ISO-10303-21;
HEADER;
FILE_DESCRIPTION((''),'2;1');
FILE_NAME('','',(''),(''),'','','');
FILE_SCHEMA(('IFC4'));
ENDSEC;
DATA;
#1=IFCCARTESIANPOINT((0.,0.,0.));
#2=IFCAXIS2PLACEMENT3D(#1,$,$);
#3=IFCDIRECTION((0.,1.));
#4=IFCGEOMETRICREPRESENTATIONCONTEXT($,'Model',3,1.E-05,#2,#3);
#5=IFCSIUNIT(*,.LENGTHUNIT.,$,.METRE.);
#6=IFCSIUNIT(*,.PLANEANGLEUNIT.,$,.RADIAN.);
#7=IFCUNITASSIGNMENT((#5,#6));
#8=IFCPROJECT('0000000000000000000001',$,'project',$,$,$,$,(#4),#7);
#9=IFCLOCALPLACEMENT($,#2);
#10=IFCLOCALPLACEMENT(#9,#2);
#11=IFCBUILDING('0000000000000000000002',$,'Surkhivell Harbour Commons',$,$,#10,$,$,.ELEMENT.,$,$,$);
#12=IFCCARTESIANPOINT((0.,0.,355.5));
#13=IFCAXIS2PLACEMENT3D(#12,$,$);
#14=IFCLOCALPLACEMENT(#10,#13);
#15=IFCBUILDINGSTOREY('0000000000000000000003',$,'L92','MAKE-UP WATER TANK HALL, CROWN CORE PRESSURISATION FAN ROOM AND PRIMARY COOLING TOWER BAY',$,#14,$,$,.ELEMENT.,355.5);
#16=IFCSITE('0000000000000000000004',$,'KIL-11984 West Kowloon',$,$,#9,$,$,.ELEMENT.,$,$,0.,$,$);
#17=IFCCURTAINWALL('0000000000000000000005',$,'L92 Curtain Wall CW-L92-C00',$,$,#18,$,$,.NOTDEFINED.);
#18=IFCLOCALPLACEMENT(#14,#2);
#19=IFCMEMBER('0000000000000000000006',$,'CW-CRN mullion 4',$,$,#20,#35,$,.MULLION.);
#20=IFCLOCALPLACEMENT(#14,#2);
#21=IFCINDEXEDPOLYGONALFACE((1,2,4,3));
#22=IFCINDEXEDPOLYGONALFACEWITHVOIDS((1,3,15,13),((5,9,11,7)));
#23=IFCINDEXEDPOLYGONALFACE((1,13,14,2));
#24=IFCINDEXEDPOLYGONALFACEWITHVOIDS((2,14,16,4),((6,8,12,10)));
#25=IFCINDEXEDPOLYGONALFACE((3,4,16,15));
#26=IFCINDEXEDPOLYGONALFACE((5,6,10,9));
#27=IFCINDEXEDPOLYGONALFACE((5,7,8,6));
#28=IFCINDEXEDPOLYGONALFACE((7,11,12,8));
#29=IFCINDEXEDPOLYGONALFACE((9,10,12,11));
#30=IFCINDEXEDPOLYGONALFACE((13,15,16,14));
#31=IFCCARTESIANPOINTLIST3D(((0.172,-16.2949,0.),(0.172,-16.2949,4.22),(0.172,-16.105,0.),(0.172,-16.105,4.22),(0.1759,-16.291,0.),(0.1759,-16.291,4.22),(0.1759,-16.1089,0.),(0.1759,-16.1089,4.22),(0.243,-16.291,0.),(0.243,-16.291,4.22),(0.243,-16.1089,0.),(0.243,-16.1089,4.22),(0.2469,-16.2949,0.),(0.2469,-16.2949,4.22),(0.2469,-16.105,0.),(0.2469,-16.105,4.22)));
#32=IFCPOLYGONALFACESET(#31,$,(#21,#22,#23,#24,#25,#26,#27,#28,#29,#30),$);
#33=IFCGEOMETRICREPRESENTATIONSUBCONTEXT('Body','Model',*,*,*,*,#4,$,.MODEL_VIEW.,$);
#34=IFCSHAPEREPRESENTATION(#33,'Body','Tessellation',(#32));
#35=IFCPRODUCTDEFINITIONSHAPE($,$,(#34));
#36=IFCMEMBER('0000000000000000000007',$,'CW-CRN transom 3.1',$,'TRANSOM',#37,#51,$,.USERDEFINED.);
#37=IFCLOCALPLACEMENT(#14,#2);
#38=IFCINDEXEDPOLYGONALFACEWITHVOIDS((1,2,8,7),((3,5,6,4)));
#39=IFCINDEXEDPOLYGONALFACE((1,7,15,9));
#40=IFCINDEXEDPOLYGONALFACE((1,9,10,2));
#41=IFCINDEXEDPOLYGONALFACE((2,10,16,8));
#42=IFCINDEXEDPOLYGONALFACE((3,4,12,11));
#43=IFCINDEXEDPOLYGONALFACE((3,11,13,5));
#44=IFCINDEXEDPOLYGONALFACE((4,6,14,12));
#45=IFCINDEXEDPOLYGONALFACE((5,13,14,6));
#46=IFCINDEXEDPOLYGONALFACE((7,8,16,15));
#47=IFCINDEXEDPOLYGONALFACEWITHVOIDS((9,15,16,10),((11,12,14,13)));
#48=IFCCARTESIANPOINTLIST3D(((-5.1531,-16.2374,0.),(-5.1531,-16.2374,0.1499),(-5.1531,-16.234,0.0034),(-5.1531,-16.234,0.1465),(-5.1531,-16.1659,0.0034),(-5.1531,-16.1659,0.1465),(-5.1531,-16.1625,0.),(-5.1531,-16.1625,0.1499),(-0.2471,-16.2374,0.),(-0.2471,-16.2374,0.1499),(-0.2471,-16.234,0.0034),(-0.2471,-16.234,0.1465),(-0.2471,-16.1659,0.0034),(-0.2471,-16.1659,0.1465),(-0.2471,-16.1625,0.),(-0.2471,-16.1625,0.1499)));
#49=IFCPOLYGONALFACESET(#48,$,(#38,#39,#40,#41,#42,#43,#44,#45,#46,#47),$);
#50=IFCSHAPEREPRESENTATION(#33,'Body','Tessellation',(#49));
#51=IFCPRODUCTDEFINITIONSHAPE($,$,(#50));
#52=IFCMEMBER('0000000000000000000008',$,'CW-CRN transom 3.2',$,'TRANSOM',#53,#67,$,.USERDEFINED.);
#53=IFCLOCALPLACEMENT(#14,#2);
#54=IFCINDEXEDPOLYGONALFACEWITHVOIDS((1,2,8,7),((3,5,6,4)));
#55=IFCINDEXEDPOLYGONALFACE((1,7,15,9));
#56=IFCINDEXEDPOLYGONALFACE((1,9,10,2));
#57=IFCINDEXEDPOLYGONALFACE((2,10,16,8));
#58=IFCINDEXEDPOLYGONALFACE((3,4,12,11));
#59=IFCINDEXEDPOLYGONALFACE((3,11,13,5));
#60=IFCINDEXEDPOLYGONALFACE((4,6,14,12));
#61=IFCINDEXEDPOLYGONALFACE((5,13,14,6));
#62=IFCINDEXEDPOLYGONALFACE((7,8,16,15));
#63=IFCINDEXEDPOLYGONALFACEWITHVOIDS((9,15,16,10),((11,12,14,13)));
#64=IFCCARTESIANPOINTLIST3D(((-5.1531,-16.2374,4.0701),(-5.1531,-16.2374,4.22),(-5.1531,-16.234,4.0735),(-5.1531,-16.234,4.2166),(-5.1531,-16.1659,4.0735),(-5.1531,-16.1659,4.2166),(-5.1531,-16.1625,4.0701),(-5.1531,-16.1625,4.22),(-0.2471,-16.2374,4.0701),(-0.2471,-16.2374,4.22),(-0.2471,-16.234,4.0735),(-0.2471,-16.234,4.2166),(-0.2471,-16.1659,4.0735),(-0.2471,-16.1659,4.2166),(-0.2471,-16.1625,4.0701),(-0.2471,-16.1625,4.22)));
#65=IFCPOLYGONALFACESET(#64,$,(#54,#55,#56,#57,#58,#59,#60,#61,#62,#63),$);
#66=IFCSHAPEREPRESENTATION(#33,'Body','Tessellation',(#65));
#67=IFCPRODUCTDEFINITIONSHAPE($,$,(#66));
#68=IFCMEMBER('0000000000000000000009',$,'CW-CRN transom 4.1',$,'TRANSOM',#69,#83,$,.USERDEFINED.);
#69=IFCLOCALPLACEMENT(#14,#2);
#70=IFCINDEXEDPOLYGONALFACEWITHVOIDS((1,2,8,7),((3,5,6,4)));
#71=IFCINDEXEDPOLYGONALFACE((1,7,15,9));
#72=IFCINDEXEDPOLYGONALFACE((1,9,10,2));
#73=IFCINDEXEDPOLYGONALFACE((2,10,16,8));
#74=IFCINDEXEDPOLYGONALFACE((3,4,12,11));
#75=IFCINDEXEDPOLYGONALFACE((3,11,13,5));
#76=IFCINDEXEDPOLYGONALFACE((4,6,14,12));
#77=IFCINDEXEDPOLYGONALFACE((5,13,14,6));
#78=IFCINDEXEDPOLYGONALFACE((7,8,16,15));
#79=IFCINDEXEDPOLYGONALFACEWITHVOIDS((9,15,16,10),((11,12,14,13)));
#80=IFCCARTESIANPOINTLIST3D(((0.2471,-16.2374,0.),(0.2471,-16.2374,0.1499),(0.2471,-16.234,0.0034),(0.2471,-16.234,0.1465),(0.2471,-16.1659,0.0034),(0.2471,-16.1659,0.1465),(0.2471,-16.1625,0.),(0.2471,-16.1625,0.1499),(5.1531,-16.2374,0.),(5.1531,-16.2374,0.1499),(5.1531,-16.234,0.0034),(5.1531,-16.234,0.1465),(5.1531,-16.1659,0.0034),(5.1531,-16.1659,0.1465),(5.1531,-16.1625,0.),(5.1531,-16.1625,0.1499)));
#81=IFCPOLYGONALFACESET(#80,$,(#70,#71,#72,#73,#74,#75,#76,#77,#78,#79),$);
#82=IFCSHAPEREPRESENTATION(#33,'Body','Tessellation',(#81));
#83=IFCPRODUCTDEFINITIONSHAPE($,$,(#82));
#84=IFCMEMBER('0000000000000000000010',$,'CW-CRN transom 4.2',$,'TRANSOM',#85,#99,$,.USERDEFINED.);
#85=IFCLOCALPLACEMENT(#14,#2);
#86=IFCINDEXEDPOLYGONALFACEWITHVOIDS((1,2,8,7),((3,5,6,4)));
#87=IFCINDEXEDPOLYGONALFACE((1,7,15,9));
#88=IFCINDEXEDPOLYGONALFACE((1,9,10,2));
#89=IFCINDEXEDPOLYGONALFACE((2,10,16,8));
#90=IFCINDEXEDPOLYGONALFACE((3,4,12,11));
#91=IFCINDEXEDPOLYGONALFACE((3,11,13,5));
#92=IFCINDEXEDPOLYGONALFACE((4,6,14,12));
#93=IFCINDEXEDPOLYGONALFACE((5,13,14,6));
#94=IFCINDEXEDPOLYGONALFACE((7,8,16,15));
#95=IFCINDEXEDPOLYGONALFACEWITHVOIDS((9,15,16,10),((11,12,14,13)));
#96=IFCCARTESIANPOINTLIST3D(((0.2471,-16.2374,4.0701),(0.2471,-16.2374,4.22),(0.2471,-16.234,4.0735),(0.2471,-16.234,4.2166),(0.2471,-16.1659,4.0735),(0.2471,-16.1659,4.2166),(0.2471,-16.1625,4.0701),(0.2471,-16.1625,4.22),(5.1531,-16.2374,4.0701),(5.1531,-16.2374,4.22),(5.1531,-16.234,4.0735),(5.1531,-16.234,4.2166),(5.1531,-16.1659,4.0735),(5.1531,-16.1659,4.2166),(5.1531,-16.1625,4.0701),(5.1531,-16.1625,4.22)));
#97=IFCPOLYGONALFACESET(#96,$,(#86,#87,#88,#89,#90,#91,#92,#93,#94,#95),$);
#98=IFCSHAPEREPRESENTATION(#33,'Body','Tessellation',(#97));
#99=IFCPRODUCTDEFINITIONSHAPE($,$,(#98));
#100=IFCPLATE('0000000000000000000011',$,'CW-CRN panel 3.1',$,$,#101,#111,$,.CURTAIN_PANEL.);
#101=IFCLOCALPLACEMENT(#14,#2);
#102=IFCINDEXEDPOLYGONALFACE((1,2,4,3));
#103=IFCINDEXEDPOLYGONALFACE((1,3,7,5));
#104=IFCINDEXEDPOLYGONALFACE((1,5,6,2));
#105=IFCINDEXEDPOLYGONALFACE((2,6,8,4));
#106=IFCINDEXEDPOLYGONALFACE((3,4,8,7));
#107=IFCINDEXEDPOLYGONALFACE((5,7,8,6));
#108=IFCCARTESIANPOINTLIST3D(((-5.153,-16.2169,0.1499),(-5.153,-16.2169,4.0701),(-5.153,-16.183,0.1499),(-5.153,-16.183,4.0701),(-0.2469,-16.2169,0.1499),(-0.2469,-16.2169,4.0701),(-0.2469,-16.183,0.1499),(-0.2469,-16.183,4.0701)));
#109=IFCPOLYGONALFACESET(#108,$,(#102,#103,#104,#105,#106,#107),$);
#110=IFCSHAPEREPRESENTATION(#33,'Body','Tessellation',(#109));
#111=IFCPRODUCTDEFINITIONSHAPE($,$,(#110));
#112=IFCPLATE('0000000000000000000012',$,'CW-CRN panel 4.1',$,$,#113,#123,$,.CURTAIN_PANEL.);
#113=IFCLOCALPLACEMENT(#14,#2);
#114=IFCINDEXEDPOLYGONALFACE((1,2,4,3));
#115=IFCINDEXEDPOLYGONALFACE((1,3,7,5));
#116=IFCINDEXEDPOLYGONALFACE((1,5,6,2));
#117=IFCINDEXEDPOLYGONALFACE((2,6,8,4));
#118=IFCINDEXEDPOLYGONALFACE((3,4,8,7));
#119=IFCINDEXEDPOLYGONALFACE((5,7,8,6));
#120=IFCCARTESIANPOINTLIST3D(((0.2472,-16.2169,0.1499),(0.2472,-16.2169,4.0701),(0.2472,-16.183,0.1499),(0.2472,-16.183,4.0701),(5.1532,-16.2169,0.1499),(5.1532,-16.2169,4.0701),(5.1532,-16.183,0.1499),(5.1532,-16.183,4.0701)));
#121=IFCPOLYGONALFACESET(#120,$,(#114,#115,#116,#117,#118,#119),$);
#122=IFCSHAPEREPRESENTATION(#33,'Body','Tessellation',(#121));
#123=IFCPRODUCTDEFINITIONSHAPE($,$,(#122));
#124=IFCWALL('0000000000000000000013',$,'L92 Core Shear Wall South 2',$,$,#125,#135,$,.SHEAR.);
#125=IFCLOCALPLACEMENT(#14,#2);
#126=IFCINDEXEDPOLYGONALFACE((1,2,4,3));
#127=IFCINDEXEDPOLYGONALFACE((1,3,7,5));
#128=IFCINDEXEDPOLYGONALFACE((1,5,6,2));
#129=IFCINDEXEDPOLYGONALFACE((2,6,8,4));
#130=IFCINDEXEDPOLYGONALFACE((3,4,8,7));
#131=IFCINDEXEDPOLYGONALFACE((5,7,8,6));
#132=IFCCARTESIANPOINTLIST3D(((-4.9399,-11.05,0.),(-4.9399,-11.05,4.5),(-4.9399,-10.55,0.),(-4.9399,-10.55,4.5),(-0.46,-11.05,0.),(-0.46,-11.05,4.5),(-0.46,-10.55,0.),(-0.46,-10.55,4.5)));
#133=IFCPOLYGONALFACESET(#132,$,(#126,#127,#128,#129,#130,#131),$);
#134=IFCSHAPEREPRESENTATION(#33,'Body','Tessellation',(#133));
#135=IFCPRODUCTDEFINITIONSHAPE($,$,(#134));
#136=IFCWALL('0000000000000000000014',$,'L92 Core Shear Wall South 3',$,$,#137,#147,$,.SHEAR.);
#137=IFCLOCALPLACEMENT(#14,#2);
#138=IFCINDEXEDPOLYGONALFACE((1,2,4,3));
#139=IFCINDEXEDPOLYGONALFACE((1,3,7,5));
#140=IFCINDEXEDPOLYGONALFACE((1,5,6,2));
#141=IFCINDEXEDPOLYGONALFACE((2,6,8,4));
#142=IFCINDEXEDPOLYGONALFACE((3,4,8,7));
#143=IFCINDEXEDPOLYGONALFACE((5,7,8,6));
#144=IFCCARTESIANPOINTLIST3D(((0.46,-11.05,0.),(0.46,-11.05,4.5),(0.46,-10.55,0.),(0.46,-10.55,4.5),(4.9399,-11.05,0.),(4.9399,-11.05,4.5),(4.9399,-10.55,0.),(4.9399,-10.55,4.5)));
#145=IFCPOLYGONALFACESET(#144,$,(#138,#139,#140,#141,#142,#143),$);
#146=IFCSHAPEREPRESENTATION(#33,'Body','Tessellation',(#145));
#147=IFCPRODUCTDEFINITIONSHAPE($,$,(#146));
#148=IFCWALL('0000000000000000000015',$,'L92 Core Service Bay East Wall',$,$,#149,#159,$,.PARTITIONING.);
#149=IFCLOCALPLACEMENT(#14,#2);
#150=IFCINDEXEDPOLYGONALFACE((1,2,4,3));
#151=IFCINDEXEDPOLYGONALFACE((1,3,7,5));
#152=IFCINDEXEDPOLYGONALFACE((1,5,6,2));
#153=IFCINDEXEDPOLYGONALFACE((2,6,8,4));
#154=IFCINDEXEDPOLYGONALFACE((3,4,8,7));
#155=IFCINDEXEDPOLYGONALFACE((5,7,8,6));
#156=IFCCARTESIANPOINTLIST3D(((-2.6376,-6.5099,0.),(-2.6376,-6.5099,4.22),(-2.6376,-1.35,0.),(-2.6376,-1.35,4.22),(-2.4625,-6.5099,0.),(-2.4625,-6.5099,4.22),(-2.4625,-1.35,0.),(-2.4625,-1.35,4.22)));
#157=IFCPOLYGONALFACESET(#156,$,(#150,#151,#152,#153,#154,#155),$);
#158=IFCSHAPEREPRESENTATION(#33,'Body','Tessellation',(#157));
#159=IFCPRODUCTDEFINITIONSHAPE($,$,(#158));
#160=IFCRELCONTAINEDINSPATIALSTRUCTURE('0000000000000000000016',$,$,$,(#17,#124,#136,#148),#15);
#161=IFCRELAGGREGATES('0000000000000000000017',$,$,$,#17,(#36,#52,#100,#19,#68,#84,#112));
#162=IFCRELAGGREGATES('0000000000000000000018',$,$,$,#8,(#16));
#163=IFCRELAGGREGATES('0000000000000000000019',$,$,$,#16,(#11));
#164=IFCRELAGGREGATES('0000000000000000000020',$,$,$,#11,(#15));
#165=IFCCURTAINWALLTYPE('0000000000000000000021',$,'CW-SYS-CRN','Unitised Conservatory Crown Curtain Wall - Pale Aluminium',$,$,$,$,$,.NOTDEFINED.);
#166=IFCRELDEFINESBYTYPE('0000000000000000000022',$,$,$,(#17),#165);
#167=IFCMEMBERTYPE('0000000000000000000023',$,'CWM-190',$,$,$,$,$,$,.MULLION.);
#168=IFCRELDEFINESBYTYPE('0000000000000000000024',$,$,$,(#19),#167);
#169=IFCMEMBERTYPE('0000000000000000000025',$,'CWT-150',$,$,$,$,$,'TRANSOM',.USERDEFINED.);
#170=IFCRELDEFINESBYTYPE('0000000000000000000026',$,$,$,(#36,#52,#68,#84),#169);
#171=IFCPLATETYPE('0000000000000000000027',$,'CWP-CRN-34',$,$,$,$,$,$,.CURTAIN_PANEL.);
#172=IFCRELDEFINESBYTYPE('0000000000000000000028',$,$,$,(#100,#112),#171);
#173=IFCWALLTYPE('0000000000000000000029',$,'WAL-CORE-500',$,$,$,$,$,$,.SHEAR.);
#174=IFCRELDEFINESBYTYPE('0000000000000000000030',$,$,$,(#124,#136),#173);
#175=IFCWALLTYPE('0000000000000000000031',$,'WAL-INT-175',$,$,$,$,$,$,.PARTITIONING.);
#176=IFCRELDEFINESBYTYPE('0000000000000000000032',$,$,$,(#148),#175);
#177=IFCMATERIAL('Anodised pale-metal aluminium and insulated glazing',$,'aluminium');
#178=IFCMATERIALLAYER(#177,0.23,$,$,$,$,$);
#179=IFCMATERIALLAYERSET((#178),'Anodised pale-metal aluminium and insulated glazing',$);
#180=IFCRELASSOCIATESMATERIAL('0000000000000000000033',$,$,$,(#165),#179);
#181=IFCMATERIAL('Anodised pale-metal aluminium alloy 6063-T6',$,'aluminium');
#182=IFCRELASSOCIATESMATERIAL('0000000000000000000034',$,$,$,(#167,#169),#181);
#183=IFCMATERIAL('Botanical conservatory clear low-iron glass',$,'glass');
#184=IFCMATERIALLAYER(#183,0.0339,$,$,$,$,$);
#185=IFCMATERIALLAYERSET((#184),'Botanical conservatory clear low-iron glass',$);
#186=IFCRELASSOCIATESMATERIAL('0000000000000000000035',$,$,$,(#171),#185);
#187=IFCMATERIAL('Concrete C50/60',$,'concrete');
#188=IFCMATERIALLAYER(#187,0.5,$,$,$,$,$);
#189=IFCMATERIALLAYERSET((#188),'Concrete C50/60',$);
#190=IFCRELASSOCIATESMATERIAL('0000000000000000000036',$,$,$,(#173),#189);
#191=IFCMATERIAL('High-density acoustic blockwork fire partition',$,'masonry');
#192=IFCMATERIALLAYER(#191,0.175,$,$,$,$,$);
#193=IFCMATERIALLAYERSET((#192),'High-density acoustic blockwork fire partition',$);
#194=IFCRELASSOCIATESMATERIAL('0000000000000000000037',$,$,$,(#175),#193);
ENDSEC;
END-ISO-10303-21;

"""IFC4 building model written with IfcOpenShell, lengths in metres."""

from ifc_helpers import new_model, si_unit, direction, frame, frame_2d, origin, origin_2d, place, context, subcontext, project, spatial, rectangle, hollow_rectangle, extrude, material, layer, layer_set, material_profile, profile_set, type_object, element, aggregate, save


model = new_model("IFC4")

# Units and contexts
model_context = context("Model", 3, precision=1e-05, world=origin(), true_north=direction((0.0, 1.0)))
body_context = subcontext(model_context, "Body", "Model", "MODEL_VIEW")
ifc_project = project(units=[si_unit("LENGTHUNIT", "METRE"), si_unit("PLANEANGLEUNIT", "RADIAN")], contexts=[model_context])

# Site, building, storey
site_placement = place(None, origin())
site = spatial("IfcSite", under=ifc_project, at=site_placement, Name="KIL-11984 West Kowloon", CompositionType="ELEMENT", RefElevation=0.0)
building_placement = place(site_placement, origin())
building = spatial("IfcBuilding", under=site, at=building_placement, Name="Surkhivell Harbour Commons", CompositionType="ELEMENT")
storey_placement = place(building_placement, frame((0.0, 0.0, 355.5)))
storey = spatial("IfcBuildingStorey", under=building, at=storey_placement, Name="L92", Description="MAKE-UP WATER TANK HALL, CROWN CORE PRESSURISATION FAN ROOM AND PRIMARY COOLING TOWER BAY", CompositionType="ELEMENT", Elevation=355.5)

# Curtain wall, members, plates
ifc_material_1 = material(Name="Anodised pale-metal aluminium and insulated glazing", Category="aluminium")
ifc_layer_1 = layer(ifc_material_1, 0.23)
ifc_layer_set_1 = layer_set([ifc_layer_1], Name="Anodised pale-metal aluminium and insulated glazing")
curtain_wall_type = type_object("IfcCurtainWallType", Name="CW-SYS-CRN", Description="Unitised Conservatory Crown Curtain Wall - Pale Aluminium", PredefinedType="NOTDEFINED", material=ifc_layer_set_1)
curtain_wall_placement = place(storey_placement, origin())
curtain_wall = element("IfcCurtainWall", 1, at=curtain_wall_placement, inside=storey, type_object=curtain_wall_type, Name="L92 Curtain Wall CW-L92-C00", PredefinedType="NOTDEFINED")
ifc_material_2 = material(Name="Anodised pale-metal aluminium alloy 6063-T6", Category="aluminium")
ifc_material_profile_1 = material_profile(ifc_material_2, hollow_rectangle(XDim=0.075, YDim=0.1899, WallThickness=0.0039, at=origin_2d()), Name="ALU-MULL-75x190")
ifc_profile_set_1 = profile_set([ifc_material_profile_1], Name="Anodised pale-metal aluminium alloy 6063-T6")
member_type_1 = type_object("IfcMemberType", Name="CWM-190", PredefinedType="MULLION", material=ifc_profile_set_1)
member_1_placement = place(storey_placement, frame((0.2095, -16.2, 0.0), z_axis=(0.0, 0.0, 1.0), x_axis=(1.0, 0.0, 0.0)))
member_1 = element("IfcMember", 2, at=member_1_placement, type_object=member_type_1, Name="CW-CRN mullion 4", PredefinedType="MULLION", context=body_context, shape_type="SweptSolid", body=[
    extrude(hollow_rectangle(XDim=0.075, YDim=0.1899, WallThickness=0.0039, at=origin_2d()), origin(), (0.0, 0.0, 1.0), 4.22),
])
ifc_material_profile_2 = material_profile(ifc_material_2, hollow_rectangle(XDim=0.075, YDim=0.1499, WallThickness=0.0034, at=origin_2d()), Name="ALU-TRAN-75x150")
ifc_profile_set_2 = profile_set([ifc_material_profile_2], Name="Anodised pale-metal aluminium alloy 6063-T6")
member_type_2 = type_object("IfcMemberType", Name="CWT-150", ElementType="TRANSOM", PredefinedType="USERDEFINED", material=ifc_profile_set_2)
member_2_placement = place(storey_placement, frame((-5.1531, -16.2, 0.075), z_axis=(1.0, 0.0, 0.0), x_axis=(0.0, 1.0, 0.0)))
member_2 = element("IfcMember", 3, at=member_2_placement, type_object=member_type_2, Name="CW-CRN transom 3.1", ObjectType="TRANSOM", PredefinedType="USERDEFINED", context=body_context, shape_type="SweptSolid", body=[
    extrude(hollow_rectangle(XDim=0.075, YDim=0.1499, WallThickness=0.0034, at=origin_2d()), origin(), (0.0, 0.0, 1.0), 4.906),
])
member_3_placement = place(storey_placement, frame((-5.1531, -16.2, 4.145), z_axis=(1.0, 0.0, 0.0), x_axis=(0.0, 1.0, 0.0)))
member_3 = element("IfcMember", 4, at=member_3_placement, type_object=member_type_2, Name="CW-CRN transom 3.2", ObjectType="TRANSOM", PredefinedType="USERDEFINED", context=body_context, shape_type="SweptSolid", body=[
    extrude(hollow_rectangle(XDim=0.075, YDim=0.1499, WallThickness=0.0034, at=origin_2d()), origin(), (0.0, 0.0, 1.0), 4.906),
])
member_4_placement = place(storey_placement, frame((0.2471, -16.2, 0.075), z_axis=(1.0, 0.0, 0.0), x_axis=(0.0, 1.0, 0.0)))
member_4 = element("IfcMember", 5, at=member_4_placement, type_object=member_type_2, Name="CW-CRN transom 4.1", ObjectType="TRANSOM", PredefinedType="USERDEFINED", context=body_context, shape_type="SweptSolid", body=[
    extrude(hollow_rectangle(XDim=0.075, YDim=0.1499, WallThickness=0.0034, at=origin_2d()), origin(), (0.0, 0.0, 1.0), 4.906),
])
member_5_placement = place(storey_placement, frame((0.2471, -16.2, 4.145), z_axis=(1.0, 0.0, 0.0), x_axis=(0.0, 1.0, 0.0)))
member_5 = element("IfcMember", 6, at=member_5_placement, type_object=member_type_2, Name="CW-CRN transom 4.2", ObjectType="TRANSOM", PredefinedType="USERDEFINED", context=body_context, shape_type="SweptSolid", body=[
    extrude(hollow_rectangle(XDim=0.075, YDim=0.1499, WallThickness=0.0034, at=origin_2d()), origin(), (0.0, 0.0, 1.0), 4.906),
])
ifc_material_3 = material(Name="Botanical conservatory clear low-iron glass", Category="glass")
ifc_layer_2 = layer(ifc_material_3, 0.0339)
ifc_layer_set_2 = layer_set([ifc_layer_2], Name="Botanical conservatory clear low-iron glass")
plate_type = type_object("IfcPlateType", Name="CWP-CRN-34", PredefinedType="CURTAIN_PANEL", material=ifc_layer_set_2)
plate_1_placement = place(storey_placement, frame((-5.1531, -16.2, 0.1499), z_axis=(0.0, 0.0, 1.0), x_axis=(1.0, 0.0, 0.0)))
plate_1 = element("IfcPlate", 7, at=plate_1_placement, type_object=plate_type, Name="CW-CRN panel 3.1", PredefinedType="CURTAIN_PANEL", context=body_context, shape_type="SweptSolid", body=[
    extrude(rectangle(XDim=4.906, YDim=0.0339, at=frame_2d((2.4531, 0.0))), origin(), (0.0, 0.0, 1.0), 3.9202),
])
plate_2_placement = place(storey_placement, frame((0.2471, -16.2, 0.1499), z_axis=(0.0, 0.0, 1.0), x_axis=(1.0, 0.0, 0.0)))
plate_2 = element("IfcPlate", 8, at=plate_2_placement, type_object=plate_type, Name="CW-CRN panel 4.1", PredefinedType="CURTAIN_PANEL", context=body_context, shape_type="SweptSolid", body=[
    extrude(rectangle(XDim=4.906, YDim=0.0339, at=frame_2d((2.4531, 0.0))), origin(), (0.0, 0.0, 1.0), 3.9202),
])
aggregate(curtain_wall, [member_2, member_3, plate_1, member_1, member_4, member_5, plate_2])

# Walls
ifc_material_4 = material(Name="Concrete C50/60", Category="concrete")
ifc_layer_3 = layer(ifc_material_4, 0.5)
ifc_layer_set_3 = layer_set([ifc_layer_3], Name="Concrete C50/60")
wall_type_1 = type_object("IfcWallType", Name="WAL-CORE-500", PredefinedType="SHEAR", material=ifc_layer_set_3)
for number, where, z_axis, x_axis, name in (
    (9, (-4.9399, -10.8, 0.0), (0.0, 0.0, 1.0), (1.0, 0.0, 0.0), "L92 Core Shear Wall South 2"),
    (10, (0.46, -10.8, 0.0), (0.0, 0.0, 1.0), (1.0, 0.0, 0.0), "L92 Core Shear Wall South 3"),
):
    element("IfcWall", number, at=place(storey_placement, frame(where, z_axis=z_axis, x_axis=x_axis)), inside=storey, type_object=wall_type_1, Name=name, PredefinedType="SHEAR", context=body_context, shape_type="SweptSolid", body=[
        extrude(rectangle(XDim=4.48, YDim=0.5, at=frame_2d((2.24, 0.0))), origin(), (0.0, 0.0, 1.0), 4.5),
    ])
ifc_material_5 = material(Name="High-density acoustic blockwork fire partition", Category="masonry")
ifc_layer_4 = layer(ifc_material_5, 0.175)
ifc_layer_set_4 = layer_set([ifc_layer_4], Name="High-density acoustic blockwork fire partition")
wall_type_2 = type_object("IfcWallType", Name="WAL-INT-175", PredefinedType="PARTITIONING", material=ifc_layer_set_4)
wall_1_placement = place(storey_placement, frame((-2.55, -6.51, 0.0), z_axis=(0.0, 0.0, 1.0), x_axis=(0.0, 1.0, 0.0)))
element("IfcWall", 11, at=wall_1_placement, inside=storey, type_object=wall_type_2, Name="L92 Core Service Bay East Wall", PredefinedType="PARTITIONING", context=body_context, shape_type="SweptSolid", body=[
    extrude(rectangle(XDim=5.1599, YDim=0.175, at=frame_2d((2.5801, 0.0))), origin(), (0.0, 0.0, 1.0), 4.22),
])

save(model, "model.ifc")
